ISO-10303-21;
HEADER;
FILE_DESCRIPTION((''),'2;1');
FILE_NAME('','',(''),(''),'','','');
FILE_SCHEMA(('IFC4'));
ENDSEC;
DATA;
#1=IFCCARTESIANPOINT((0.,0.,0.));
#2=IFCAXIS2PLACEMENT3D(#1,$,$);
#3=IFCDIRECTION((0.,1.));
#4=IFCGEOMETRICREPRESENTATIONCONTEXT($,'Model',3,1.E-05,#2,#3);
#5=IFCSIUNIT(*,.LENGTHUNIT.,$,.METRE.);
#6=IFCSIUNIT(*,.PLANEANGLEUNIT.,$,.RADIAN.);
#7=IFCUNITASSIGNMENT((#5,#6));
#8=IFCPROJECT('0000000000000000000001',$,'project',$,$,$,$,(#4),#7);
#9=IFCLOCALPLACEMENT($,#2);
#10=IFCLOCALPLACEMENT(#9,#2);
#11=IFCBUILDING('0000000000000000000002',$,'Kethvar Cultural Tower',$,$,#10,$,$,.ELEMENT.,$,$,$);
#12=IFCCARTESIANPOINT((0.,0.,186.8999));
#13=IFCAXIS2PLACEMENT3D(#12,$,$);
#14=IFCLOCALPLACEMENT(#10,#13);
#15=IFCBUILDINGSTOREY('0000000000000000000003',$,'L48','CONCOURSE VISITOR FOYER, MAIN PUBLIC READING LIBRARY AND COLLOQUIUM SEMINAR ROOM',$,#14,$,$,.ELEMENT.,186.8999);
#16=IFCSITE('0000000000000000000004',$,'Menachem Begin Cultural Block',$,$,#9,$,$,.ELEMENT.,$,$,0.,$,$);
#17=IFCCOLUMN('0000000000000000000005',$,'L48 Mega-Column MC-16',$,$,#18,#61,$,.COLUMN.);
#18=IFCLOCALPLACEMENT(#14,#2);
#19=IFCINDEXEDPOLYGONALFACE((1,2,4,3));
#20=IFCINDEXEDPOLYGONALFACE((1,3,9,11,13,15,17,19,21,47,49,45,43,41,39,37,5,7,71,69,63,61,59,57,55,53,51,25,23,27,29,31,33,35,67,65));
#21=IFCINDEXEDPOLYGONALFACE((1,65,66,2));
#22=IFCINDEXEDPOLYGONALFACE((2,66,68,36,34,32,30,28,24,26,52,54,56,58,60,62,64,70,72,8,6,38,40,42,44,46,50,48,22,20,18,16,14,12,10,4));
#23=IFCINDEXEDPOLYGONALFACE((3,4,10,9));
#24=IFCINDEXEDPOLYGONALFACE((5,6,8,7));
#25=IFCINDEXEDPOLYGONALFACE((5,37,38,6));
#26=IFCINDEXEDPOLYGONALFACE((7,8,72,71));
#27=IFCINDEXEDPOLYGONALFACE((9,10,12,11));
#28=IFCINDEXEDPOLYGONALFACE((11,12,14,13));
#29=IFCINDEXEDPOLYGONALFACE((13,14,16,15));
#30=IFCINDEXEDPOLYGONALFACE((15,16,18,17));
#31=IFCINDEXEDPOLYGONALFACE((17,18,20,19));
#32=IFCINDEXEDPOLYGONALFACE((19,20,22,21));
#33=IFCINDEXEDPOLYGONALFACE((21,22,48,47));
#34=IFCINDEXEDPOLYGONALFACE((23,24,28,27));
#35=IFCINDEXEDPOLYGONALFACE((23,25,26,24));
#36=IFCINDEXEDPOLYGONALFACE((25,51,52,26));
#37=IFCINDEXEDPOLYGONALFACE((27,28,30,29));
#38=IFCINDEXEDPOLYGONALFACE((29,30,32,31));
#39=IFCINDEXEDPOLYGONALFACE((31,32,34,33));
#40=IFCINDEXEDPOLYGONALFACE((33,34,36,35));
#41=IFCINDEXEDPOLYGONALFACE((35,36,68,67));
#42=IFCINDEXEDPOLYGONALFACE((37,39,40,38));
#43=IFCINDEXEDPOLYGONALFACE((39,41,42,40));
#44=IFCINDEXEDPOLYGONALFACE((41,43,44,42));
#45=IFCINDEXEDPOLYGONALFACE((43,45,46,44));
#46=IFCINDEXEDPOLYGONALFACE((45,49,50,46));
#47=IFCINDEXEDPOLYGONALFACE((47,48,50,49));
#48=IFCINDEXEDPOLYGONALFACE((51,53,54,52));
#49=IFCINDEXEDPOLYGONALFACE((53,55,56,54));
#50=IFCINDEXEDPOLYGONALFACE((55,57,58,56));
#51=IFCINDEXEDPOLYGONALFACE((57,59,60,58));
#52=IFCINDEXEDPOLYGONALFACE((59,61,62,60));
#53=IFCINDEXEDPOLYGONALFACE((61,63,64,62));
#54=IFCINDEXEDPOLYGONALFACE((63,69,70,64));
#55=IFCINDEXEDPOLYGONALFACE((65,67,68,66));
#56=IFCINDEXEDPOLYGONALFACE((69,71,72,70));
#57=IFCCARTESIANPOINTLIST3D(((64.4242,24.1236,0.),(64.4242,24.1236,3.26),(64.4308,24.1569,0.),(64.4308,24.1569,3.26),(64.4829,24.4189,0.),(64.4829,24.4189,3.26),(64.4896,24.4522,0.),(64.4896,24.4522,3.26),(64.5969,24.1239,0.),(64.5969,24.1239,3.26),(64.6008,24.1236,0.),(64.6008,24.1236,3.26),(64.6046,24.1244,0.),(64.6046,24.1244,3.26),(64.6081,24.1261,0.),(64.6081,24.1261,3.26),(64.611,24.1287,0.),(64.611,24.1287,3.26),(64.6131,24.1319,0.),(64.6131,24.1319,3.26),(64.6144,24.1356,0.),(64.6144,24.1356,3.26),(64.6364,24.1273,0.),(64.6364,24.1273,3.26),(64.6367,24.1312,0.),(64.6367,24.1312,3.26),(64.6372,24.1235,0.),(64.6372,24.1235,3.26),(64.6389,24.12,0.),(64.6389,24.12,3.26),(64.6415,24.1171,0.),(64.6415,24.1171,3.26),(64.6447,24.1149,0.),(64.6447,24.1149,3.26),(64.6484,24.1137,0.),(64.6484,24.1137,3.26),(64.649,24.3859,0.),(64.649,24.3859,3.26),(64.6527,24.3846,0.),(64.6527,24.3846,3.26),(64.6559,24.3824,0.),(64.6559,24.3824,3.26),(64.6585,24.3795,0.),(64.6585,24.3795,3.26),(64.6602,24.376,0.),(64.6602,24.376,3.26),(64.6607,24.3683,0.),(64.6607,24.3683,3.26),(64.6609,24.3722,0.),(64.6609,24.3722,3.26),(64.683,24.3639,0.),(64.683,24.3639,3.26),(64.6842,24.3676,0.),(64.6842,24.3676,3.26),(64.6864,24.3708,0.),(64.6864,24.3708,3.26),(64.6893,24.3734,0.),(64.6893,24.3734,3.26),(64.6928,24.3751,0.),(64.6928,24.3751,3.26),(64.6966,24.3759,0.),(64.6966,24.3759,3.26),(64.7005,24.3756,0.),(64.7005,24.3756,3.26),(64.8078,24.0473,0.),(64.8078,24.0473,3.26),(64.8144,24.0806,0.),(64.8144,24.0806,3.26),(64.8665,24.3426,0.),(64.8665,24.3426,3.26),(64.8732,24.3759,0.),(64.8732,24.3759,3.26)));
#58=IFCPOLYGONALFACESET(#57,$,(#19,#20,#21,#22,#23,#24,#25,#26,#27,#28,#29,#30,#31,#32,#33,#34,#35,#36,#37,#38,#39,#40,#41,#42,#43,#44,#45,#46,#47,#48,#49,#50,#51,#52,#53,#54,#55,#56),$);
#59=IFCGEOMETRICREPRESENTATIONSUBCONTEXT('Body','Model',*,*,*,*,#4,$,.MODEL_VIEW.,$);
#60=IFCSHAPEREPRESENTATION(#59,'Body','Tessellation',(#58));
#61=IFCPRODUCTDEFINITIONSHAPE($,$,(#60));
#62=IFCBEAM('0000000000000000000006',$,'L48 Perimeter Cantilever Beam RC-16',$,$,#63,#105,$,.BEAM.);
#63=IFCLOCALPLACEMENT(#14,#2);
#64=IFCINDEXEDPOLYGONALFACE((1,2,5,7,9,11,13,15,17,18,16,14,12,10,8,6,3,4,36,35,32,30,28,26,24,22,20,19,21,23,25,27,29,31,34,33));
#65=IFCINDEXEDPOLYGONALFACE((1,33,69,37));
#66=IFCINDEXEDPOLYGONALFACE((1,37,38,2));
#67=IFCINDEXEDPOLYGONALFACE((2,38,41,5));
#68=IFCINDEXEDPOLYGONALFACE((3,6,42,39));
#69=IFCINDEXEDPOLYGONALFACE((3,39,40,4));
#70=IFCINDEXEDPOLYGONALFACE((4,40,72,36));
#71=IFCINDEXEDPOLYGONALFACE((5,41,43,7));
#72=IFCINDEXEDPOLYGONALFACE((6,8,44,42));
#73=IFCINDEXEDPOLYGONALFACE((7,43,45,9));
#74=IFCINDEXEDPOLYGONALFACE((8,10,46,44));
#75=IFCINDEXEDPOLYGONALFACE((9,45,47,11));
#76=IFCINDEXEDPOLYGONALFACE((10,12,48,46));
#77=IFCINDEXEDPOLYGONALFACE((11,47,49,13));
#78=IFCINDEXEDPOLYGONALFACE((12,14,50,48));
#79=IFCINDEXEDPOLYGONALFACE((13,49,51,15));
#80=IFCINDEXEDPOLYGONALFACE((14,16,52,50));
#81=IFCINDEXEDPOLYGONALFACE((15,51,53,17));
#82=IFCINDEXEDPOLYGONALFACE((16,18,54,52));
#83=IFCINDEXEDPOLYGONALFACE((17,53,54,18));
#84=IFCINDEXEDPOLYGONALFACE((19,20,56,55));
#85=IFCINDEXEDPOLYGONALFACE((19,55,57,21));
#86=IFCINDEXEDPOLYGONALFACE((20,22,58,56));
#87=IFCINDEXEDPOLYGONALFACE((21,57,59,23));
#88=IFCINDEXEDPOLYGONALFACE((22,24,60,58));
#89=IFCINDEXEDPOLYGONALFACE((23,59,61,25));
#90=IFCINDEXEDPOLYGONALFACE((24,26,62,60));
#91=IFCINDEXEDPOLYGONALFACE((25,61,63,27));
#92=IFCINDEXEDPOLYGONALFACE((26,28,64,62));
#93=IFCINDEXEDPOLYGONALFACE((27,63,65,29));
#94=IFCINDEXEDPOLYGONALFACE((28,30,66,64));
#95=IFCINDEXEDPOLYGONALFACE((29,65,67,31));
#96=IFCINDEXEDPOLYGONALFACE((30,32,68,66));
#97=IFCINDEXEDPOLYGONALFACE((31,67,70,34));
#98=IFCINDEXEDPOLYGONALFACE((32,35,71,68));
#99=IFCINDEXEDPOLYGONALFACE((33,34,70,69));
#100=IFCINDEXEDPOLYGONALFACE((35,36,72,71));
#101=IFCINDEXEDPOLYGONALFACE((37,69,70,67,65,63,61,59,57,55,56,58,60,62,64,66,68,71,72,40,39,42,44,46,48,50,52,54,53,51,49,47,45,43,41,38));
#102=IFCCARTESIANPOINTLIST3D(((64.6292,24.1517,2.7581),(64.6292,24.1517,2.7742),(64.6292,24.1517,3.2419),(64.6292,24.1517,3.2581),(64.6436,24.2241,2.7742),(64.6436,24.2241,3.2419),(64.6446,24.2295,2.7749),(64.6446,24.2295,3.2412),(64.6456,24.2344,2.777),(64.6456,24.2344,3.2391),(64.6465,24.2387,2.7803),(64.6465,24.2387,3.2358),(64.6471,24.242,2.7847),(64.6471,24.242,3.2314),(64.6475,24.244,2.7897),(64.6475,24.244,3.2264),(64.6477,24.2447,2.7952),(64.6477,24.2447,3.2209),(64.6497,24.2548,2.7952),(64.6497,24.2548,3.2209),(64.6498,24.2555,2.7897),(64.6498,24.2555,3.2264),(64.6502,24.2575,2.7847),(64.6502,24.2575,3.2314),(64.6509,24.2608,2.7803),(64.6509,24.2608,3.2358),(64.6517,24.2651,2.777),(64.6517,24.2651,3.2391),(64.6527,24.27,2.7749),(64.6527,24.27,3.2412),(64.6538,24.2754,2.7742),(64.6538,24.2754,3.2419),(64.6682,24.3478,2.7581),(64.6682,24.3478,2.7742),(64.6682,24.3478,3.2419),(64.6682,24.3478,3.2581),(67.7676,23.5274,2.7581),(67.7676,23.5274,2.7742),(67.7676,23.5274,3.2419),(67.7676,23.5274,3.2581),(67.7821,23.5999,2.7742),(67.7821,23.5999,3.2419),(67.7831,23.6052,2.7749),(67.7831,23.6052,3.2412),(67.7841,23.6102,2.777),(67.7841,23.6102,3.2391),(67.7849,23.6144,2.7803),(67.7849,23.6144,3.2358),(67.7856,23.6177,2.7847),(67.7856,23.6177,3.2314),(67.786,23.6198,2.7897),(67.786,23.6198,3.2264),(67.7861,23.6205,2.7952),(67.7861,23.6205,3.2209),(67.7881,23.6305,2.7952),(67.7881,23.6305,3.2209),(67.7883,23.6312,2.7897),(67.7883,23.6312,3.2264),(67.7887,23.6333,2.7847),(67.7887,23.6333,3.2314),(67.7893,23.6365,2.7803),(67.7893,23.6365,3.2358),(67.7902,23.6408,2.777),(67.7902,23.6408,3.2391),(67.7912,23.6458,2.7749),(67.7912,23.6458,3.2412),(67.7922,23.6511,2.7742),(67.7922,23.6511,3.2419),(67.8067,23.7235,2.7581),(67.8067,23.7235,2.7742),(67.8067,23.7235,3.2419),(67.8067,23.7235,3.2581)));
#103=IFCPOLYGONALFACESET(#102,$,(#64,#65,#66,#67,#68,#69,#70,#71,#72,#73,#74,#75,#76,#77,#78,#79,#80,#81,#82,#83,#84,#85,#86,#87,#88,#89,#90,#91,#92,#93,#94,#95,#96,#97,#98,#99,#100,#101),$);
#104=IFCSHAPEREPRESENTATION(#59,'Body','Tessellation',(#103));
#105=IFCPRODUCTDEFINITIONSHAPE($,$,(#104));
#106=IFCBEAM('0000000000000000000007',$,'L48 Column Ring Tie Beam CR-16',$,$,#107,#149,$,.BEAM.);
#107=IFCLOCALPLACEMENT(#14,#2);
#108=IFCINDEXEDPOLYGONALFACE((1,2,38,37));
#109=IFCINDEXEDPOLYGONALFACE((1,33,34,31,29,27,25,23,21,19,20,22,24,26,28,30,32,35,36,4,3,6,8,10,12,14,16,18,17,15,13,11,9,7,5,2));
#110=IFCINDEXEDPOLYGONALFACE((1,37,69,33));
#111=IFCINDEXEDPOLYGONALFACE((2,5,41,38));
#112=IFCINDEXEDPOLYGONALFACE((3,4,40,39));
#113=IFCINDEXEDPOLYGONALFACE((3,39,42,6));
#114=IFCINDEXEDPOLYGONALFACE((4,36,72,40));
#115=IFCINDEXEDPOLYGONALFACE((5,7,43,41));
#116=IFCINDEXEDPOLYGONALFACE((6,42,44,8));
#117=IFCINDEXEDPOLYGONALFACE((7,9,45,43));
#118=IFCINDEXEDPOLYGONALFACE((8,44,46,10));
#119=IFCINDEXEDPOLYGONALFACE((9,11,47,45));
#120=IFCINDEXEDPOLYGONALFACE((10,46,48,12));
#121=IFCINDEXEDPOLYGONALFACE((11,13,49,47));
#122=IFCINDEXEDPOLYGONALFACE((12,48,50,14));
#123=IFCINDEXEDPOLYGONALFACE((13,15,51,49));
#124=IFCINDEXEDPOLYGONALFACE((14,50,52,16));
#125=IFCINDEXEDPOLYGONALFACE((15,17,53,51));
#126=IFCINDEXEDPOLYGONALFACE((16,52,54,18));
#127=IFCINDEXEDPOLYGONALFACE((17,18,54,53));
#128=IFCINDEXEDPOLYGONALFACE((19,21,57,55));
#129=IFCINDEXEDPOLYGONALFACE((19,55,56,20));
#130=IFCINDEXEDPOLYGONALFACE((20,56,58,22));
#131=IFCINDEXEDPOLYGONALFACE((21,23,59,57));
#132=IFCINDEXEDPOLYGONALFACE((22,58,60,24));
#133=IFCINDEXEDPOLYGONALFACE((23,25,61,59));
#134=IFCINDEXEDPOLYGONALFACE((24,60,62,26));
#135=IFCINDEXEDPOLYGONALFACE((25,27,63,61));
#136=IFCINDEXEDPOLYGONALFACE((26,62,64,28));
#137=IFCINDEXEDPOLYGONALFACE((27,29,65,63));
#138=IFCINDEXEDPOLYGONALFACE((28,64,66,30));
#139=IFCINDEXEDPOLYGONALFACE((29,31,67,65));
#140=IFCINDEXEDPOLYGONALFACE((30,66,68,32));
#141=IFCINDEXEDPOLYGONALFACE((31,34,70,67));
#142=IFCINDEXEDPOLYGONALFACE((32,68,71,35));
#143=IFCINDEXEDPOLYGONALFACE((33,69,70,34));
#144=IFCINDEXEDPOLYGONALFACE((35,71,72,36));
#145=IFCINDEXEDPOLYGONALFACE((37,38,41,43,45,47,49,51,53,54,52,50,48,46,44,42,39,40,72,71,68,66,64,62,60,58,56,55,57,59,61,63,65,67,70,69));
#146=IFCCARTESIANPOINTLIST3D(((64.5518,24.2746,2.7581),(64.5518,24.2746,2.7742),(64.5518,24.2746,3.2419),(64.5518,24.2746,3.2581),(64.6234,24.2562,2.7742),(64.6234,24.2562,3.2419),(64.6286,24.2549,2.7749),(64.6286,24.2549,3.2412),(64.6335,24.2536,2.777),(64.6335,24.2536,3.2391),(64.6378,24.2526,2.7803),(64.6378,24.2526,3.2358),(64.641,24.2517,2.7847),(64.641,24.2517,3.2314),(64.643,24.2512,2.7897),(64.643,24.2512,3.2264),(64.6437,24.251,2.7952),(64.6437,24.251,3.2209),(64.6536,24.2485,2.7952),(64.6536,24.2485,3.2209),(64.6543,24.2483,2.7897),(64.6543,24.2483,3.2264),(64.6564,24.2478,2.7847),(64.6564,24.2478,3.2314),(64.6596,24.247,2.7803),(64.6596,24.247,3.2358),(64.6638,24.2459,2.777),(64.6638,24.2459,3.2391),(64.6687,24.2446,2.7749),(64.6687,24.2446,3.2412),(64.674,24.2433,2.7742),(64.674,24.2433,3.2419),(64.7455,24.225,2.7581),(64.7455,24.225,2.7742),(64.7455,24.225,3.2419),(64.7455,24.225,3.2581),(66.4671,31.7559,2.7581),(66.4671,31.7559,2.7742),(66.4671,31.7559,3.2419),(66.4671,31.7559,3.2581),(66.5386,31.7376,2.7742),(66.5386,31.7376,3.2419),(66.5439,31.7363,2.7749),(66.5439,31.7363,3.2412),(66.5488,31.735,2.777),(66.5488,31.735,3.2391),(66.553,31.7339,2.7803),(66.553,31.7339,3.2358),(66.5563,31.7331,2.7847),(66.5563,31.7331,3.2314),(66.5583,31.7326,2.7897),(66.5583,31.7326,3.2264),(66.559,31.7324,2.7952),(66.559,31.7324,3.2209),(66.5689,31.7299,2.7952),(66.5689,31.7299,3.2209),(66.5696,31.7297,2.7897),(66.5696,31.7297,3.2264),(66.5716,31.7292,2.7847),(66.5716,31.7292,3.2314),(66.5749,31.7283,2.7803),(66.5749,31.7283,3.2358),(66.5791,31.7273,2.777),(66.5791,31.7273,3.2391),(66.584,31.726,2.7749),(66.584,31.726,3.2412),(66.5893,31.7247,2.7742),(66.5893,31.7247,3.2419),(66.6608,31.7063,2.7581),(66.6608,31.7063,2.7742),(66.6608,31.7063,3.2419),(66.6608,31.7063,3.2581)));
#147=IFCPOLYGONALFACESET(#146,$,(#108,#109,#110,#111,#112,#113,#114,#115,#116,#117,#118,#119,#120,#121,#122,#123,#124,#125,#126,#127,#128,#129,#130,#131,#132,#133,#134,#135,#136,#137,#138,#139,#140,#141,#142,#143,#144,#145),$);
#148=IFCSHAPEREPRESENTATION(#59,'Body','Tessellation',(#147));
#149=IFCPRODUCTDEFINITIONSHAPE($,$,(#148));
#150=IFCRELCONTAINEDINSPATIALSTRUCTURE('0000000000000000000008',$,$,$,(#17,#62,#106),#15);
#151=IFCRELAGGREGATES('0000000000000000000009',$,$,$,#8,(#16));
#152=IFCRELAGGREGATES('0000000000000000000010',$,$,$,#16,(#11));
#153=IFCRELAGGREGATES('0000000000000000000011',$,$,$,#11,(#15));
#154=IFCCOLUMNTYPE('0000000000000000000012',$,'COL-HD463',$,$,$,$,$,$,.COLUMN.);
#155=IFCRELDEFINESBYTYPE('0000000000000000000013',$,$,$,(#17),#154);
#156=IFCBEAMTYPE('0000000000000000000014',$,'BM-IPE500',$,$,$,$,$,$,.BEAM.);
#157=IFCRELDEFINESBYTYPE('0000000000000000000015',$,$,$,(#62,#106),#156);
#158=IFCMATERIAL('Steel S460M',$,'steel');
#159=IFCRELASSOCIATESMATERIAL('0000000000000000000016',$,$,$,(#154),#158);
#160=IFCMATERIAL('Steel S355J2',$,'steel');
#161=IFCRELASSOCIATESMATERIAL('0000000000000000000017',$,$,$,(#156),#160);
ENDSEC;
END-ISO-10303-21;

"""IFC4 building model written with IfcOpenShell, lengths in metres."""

from ifc_helpers import new_model, si_unit, direction, frame, origin, origin_2d, place, context, subcontext, project, spatial, i_section, extrude, source, transform, mapped, material, material_profile, profile_set, type_object, element, save


model = new_model("IFC4")

# Units and contexts
model_context = context("Model", 3, precision=1e-05, world=origin(), true_north=direction((0.0, 1.0)))
body_context = subcontext(model_context, "Body", "Model", "MODEL_VIEW")
ifc_project = project(units=[si_unit("LENGTHUNIT", "METRE"), si_unit("PLANEANGLEUNIT", "RADIAN")], contexts=[model_context])

# Site, building, storey
site_placement = place(None, origin())
site = spatial("IfcSite", under=ifc_project, at=site_placement, Name="Menachem Begin Cultural Block", CompositionType="ELEMENT", RefElevation=0.0)
building_placement = place(site_placement, origin())
building = spatial("IfcBuilding", under=site, at=building_placement, Name="Kethvar Cultural Tower", CompositionType="ELEMENT")
storey_placement = place(building_placement, frame((0.0, 0.0, 186.8999)))
storey = spatial("IfcBuildingStorey", under=building, at=storey_placement, Name="L48", Description="CONCOURSE VISITOR FOYER, MAIN PUBLIC READING LIBRARY AND COLLOQUIUM SEMINAR ROOM", CompositionType="ELEMENT", Elevation=186.8999)

# Column
ifc_material_1 = material(Name="Steel S460M", Category="steel")
ifc_material_profile_1 = material_profile(ifc_material_1, i_section(OverallWidth=0.3911, OverallDepth=0.335, WebThickness=0.0227, FlangeThickness=0.0339, FilletRadius=0.0149, at=origin_2d()), Name="Steel S460M — HD400x463")
ifc_profile_set_1 = profile_set([ifc_material_profile_1], Name="Steel S460M — HD400x463")
column_type = type_object("IfcColumnType", Name="COL-HD463", PredefinedType="COLUMN", material=ifc_profile_set_1)
shared_shape_1 = source(origin(), body_context, "Body", "SweptSolid", [
    extrude(i_section(OverallWidth=0.3911, OverallDepth=0.335, WebThickness=0.0227, FlangeThickness=0.0339, FilletRadius=0.0149, at=origin_2d()), origin(), (0.0, 0.0, 1.0), 3.26),
])
column_placement = place(storey_placement, frame((64.6487, 24.2498, 0.0), z_axis=(0.0, 0.0, 1.0), x_axis=(0.980785, -0.19509, 0.0)))
element("IfcColumn", 1, at=column_placement, inside=storey, type_object=column_type, Name="L48 Mega-Column MC-16", PredefinedType="COLUMN", context=body_context, shape_type="MappedRepresentation", body=[
    mapped(shared_shape_1, transform((0.0, 0.0, 0.0), scale=1.0)),
])

# Beams
ifc_material_2 = material(Name="Steel S355J2", Category="steel")
ifc_material_profile_2 = material_profile(ifc_material_2, i_section(OverallWidth=0.2, OverallDepth=0.5, WebThickness=0.0103, FlangeThickness=0.0161, FilletRadius=0.021, at=origin_2d()), Name="Steel S355J2 — IPE500")
ifc_profile_set_2 = profile_set([ifc_material_profile_2], Name="Steel S355J2 — IPE500")
beam_type_1 = type_object("IfcBeamType", Name="BM-IPE500", PredefinedType="BEAM", material=ifc_profile_set_2)
shared_shape_2 = source(origin(), body_context, "Body", "SweptSolid", [
    extrude(i_section(OverallWidth=0.2, OverallDepth=0.5, WebThickness=0.0103, FlangeThickness=0.0161, FilletRadius=0.021, at=origin_2d()), origin(), (0.0, 0.0, 1.0), 3.2),
])
beam_1_placement = place(storey_placement, frame((64.6487, 24.2498, 3.0081), z_axis=(0.980786, -0.195089, 0.0), x_axis=(0.195089, 0.980786, 0.0)))
element("IfcBeam", 2, at=beam_1_placement, inside=storey, type_object=beam_type_1, Name="L48 Perimeter Cantilever Beam RC-16", PredefinedType="BEAM", context=body_context, shape_type="MappedRepresentation", body=[
    mapped(shared_shape_2, transform((0.0, 0.0, 0.0), scale=1.0)),
])
shared_shape_3 = source(origin(), body_context, "Body", "SweptSolid", [
    extrude(i_section(OverallWidth=0.2, OverallDepth=0.5, WebThickness=0.0103, FlangeThickness=0.0161, FilletRadius=0.021, at=origin_2d()), origin(), (0.0, 0.0, 1.0), 7.7227),
])
beam_2_placement = place(storey_placement, frame((64.6487, 24.2498, 3.0081), z_axis=(0.248006, 0.968758, 0.0), x_axis=(-0.968758, 0.248006, 0.0)))
element("IfcBeam", 3, at=beam_2_placement, inside=storey, type_object=beam_type_1, Name="L48 Column Ring Tie Beam CR-16", PredefinedType="BEAM", context=body_context, shape_type="MappedRepresentation", body=[
    mapped(shared_shape_3, transform((0.0, 0.0, 0.0), scale=1.0)),
])

save(model, "model.ifc")
